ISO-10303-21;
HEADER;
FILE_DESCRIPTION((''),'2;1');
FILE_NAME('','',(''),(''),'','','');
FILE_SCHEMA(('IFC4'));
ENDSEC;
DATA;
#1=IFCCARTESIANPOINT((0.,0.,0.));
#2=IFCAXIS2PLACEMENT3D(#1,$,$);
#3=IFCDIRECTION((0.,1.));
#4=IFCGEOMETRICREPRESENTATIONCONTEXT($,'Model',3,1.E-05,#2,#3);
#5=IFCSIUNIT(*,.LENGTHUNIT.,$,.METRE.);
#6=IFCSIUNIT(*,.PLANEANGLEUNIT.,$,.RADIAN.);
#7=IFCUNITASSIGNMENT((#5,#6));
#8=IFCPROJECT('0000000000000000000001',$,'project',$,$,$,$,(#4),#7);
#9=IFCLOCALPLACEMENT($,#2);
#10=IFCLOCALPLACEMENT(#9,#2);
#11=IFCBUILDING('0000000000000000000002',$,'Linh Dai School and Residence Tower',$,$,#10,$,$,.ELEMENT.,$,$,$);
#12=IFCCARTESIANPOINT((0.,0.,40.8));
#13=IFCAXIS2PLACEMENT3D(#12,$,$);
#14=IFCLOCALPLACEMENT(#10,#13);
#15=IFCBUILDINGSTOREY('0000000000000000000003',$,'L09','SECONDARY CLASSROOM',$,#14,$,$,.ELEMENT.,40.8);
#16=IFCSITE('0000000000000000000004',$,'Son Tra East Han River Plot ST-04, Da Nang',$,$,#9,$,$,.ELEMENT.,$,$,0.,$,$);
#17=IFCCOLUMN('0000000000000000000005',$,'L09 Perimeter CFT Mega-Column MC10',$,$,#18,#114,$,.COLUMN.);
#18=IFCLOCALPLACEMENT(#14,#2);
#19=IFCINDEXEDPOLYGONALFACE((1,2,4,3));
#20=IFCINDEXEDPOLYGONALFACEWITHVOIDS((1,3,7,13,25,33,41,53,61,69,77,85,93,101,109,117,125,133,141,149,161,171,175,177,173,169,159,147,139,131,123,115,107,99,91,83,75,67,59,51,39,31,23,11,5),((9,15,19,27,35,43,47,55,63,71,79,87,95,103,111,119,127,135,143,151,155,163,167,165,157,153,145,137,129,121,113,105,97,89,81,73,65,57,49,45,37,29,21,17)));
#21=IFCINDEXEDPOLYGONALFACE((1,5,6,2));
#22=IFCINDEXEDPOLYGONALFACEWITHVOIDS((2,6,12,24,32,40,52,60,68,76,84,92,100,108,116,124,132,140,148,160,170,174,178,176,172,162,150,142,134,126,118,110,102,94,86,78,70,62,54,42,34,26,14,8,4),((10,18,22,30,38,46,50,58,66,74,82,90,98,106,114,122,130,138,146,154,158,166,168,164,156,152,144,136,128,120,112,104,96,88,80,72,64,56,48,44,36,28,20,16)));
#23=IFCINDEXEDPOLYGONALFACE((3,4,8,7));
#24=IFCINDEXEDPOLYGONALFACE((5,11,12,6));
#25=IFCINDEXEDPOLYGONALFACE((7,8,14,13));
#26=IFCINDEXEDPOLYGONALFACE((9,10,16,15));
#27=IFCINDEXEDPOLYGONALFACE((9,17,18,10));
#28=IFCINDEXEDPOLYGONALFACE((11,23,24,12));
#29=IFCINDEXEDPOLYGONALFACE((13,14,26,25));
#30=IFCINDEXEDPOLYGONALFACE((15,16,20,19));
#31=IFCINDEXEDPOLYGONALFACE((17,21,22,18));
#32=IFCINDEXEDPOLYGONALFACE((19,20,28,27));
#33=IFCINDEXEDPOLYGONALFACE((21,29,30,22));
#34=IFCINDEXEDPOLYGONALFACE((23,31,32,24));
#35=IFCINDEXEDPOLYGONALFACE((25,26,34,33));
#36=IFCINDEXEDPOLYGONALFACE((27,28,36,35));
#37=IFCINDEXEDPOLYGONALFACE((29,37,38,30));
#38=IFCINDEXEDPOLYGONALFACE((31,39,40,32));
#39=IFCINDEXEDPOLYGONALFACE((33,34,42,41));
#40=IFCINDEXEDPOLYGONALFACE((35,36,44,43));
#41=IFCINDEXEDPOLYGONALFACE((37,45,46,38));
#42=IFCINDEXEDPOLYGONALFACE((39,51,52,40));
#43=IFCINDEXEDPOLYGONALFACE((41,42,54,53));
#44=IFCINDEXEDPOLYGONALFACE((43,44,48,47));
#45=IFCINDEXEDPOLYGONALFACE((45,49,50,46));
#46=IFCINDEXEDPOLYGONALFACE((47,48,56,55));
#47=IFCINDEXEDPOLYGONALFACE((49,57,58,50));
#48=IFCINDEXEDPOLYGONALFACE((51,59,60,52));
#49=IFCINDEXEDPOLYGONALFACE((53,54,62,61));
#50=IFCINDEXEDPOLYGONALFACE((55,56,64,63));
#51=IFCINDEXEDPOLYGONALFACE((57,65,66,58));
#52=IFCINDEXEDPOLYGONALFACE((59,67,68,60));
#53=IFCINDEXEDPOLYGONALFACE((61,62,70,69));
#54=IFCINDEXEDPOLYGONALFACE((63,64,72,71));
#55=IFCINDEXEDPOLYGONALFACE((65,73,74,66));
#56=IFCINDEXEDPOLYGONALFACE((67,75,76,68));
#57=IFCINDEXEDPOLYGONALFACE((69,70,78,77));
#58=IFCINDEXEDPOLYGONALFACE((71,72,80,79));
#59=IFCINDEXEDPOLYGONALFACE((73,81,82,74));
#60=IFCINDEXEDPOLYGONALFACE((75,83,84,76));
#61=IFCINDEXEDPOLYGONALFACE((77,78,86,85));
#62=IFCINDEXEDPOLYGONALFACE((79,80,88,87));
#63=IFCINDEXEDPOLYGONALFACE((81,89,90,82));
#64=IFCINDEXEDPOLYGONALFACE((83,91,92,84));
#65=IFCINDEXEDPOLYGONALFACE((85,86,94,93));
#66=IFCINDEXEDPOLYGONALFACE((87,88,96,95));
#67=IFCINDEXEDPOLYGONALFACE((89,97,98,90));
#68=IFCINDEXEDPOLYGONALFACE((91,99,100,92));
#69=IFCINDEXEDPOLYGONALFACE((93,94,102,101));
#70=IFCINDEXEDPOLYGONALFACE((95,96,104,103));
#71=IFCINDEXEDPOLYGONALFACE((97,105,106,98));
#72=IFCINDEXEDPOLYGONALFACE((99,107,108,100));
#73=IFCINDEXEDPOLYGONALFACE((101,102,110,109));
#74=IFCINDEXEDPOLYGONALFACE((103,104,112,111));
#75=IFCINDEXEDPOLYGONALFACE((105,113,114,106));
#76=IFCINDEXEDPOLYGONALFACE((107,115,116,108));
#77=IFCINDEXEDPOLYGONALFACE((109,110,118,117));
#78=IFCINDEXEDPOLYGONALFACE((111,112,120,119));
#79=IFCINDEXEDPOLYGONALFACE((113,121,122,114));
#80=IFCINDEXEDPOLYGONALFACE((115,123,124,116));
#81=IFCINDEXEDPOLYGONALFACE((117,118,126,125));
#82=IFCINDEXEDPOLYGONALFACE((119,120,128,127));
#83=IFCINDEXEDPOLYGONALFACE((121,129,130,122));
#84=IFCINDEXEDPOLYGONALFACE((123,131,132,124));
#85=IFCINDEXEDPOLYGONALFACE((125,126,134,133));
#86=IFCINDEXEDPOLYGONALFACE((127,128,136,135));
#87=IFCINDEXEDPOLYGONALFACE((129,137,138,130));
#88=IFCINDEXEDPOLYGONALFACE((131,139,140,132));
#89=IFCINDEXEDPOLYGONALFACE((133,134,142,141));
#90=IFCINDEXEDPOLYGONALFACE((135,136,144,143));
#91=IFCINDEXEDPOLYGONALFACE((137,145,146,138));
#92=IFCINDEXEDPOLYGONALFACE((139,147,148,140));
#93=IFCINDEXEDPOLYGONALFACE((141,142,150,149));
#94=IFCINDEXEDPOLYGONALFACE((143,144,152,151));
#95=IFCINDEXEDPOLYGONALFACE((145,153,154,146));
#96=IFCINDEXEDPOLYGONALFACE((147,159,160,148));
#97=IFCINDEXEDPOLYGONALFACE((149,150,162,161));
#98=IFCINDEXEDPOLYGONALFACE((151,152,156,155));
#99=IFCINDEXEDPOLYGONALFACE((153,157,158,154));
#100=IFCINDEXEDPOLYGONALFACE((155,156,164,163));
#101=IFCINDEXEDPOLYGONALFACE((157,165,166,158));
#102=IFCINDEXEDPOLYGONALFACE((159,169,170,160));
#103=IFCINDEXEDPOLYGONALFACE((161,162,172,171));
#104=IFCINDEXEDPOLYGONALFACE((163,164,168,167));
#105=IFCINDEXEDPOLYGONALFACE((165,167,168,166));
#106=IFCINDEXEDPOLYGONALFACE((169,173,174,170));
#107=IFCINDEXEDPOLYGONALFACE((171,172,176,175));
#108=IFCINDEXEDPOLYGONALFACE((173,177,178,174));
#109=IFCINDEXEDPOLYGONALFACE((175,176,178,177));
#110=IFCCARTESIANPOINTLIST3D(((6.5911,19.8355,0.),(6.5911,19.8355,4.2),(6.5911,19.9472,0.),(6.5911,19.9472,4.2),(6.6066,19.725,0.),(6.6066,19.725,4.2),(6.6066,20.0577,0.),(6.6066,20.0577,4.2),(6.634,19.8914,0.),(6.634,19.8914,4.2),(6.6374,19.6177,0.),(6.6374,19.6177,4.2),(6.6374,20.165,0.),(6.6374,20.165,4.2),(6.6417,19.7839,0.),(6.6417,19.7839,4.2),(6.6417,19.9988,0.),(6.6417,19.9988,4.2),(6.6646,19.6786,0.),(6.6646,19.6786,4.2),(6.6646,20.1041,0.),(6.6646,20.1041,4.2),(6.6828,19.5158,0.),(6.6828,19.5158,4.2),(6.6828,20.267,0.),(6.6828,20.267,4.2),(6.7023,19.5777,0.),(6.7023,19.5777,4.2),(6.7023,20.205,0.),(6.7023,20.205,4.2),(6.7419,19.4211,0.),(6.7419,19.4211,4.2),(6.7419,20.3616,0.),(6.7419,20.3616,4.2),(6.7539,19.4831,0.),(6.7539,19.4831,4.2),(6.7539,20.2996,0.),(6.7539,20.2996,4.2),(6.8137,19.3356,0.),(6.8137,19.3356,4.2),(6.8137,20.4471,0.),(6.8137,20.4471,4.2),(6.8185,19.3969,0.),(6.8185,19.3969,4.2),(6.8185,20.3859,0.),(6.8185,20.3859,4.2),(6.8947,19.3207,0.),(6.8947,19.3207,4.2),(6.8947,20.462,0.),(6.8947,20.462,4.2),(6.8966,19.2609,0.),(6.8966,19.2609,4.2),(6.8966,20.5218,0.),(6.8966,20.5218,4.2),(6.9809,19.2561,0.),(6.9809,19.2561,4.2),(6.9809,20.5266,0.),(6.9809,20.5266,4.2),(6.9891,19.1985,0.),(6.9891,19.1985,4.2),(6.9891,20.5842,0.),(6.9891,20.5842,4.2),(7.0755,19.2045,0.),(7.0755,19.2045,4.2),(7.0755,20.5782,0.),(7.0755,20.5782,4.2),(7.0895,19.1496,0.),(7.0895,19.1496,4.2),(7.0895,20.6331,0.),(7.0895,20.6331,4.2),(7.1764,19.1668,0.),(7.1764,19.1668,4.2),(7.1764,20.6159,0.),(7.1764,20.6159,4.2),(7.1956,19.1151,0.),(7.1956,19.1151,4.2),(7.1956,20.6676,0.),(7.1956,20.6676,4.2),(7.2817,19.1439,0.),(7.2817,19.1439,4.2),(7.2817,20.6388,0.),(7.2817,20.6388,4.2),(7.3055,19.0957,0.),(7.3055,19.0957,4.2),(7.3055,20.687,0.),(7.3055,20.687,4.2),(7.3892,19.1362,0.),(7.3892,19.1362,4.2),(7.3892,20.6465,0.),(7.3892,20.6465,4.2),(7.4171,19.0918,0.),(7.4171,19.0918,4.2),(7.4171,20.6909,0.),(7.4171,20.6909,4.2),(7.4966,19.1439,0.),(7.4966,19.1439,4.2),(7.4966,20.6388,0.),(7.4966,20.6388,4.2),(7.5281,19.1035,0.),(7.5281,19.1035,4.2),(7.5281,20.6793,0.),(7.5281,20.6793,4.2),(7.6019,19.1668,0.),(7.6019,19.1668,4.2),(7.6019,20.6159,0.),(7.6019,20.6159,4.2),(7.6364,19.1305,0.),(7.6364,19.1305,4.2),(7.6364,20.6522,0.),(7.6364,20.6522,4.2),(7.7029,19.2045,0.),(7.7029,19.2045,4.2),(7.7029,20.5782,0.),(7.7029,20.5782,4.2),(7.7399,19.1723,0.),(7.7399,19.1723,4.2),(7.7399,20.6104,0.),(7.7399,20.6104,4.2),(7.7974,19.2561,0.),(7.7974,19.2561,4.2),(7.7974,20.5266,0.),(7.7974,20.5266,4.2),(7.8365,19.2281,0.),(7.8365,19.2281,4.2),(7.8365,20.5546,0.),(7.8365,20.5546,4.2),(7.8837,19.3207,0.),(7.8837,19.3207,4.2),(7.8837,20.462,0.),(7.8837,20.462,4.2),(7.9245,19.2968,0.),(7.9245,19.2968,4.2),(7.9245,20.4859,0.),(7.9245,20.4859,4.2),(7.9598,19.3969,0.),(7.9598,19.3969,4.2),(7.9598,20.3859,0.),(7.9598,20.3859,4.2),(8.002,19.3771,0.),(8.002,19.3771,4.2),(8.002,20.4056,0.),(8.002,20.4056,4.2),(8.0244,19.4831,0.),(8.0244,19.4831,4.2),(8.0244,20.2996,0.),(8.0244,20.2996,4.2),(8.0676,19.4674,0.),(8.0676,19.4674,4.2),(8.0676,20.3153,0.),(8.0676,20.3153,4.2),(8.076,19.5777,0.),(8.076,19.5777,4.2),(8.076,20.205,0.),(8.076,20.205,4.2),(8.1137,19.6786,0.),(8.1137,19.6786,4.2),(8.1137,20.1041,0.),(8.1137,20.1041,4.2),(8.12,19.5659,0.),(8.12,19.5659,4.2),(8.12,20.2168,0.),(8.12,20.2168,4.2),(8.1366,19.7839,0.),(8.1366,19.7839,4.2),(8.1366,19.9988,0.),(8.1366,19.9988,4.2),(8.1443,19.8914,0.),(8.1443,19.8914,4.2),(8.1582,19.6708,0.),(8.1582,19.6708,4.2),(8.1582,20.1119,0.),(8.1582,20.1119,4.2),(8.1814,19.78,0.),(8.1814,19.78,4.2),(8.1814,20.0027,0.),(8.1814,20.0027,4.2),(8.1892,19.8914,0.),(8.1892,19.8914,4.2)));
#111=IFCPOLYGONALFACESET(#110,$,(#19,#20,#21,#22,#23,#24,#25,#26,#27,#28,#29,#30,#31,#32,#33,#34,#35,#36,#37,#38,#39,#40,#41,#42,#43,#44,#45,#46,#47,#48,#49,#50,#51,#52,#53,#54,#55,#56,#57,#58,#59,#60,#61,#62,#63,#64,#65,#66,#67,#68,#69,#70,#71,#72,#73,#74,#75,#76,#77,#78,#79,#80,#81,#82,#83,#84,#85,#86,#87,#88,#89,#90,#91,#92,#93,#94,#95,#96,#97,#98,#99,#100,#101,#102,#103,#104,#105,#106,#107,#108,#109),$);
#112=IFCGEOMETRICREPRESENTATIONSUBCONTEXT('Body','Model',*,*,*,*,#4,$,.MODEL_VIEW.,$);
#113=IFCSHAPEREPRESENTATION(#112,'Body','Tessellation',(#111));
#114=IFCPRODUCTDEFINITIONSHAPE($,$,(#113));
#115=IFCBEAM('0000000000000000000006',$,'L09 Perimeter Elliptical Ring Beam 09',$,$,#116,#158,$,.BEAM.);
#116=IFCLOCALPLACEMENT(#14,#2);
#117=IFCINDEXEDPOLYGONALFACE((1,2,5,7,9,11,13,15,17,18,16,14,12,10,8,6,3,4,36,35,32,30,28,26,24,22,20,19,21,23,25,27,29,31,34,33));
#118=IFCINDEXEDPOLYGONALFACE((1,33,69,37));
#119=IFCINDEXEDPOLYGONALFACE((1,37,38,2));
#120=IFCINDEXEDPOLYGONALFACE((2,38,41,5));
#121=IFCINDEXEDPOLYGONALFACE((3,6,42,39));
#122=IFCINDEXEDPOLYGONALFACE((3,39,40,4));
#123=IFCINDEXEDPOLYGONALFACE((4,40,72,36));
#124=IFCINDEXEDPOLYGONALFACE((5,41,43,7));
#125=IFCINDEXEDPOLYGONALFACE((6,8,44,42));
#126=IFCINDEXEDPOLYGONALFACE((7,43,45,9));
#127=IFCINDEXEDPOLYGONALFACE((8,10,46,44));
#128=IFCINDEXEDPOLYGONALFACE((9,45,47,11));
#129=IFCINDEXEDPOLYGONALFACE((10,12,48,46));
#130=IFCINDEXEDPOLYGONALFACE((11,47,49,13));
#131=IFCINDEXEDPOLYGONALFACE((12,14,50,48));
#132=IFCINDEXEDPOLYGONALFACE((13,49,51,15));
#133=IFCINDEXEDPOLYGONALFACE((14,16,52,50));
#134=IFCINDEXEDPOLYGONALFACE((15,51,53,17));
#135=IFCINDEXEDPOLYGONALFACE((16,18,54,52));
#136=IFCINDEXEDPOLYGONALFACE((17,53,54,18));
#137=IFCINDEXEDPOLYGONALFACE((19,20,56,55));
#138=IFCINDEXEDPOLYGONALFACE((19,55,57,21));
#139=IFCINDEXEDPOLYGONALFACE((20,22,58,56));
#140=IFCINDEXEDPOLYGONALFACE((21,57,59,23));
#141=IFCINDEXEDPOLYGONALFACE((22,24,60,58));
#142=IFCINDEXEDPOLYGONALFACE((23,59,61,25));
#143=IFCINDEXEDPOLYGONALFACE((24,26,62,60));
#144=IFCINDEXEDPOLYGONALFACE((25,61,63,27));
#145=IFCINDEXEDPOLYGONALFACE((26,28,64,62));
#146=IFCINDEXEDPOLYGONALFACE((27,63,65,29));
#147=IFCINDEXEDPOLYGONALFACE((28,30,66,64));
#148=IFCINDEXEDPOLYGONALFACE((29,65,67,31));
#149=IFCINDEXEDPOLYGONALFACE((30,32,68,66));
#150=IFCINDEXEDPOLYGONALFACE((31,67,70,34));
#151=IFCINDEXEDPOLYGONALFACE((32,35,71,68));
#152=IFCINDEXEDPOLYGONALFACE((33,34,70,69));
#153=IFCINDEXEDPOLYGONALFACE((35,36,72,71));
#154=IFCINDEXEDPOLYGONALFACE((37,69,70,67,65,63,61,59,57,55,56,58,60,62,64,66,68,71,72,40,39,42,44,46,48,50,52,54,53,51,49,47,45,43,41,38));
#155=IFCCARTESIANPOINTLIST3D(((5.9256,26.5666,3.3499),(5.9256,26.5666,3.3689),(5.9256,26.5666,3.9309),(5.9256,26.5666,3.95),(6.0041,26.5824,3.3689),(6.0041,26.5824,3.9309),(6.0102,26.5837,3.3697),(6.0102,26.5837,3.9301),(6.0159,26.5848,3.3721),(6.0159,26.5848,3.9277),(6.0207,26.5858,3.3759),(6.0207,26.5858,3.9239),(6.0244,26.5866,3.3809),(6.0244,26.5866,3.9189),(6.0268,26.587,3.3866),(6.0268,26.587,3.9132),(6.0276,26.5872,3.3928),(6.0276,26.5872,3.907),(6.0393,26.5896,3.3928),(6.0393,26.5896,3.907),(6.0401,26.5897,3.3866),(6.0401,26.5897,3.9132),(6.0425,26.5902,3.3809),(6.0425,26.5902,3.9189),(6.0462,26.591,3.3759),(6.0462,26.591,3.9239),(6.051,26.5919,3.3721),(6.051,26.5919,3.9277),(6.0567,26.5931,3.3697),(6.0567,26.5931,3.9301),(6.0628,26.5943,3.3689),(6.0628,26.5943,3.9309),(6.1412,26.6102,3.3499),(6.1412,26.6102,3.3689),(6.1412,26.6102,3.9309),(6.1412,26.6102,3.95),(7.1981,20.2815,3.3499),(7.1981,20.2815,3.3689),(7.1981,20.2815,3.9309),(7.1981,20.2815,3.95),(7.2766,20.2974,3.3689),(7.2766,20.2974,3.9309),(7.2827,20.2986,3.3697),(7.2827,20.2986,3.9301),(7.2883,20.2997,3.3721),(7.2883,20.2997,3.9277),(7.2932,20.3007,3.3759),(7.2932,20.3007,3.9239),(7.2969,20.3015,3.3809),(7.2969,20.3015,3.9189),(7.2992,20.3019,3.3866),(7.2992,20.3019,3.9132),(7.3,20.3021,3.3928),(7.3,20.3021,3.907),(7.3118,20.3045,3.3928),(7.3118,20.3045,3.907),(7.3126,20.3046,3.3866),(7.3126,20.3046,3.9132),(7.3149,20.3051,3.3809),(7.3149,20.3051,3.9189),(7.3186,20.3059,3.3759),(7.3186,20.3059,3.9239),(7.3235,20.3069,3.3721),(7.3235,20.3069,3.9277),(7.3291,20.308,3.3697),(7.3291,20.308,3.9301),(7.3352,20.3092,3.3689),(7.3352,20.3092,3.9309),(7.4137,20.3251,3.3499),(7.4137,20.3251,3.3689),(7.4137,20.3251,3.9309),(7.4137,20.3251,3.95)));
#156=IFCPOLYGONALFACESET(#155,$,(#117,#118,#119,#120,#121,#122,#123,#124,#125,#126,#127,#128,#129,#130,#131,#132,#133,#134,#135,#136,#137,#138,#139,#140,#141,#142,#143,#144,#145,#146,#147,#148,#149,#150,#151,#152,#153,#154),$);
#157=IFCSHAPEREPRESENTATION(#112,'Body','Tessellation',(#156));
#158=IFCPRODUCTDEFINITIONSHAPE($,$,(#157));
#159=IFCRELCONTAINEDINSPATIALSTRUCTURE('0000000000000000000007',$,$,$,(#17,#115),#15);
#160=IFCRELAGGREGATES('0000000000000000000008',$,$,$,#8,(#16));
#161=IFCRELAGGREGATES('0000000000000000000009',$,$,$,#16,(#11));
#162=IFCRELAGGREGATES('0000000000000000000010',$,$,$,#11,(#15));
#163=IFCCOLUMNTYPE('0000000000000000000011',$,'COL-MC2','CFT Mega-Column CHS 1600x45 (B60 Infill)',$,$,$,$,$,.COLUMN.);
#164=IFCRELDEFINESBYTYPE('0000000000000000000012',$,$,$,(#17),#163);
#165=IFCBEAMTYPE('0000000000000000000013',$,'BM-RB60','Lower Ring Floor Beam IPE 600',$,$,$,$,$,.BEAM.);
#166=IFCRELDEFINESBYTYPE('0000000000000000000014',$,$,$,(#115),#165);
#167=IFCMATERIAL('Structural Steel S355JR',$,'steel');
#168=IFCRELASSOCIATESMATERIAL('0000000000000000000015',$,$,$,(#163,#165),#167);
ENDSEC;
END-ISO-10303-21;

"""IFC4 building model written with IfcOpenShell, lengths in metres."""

from ifc_helpers import new_model, si_unit, direction, frame, origin, origin_2d, place, context, subcontext, project, spatial, hollow_circle, i_section, extrude, material, material_profile, profile_set, type_object, element, save


model = new_model("IFC4")

# Units and contexts
model_context = context("Model", 3, precision=1e-05, world=origin(), true_north=direction((0.0, 1.0)))
body_context = subcontext(model_context, "Body", "Model", "MODEL_VIEW")
ifc_project = project(units=[si_unit("LENGTHUNIT", "METRE"), si_unit("PLANEANGLEUNIT", "RADIAN")], contexts=[model_context])

# Site, building, storey
site_placement = place(None, origin())
site = spatial("IfcSite", under=ifc_project, at=site_placement, Name="Son Tra East Han River Plot ST-04, Da Nang", CompositionType="ELEMENT", RefElevation=0.0)
building_placement = place(site_placement, origin())
building = spatial("IfcBuilding", under=site, at=building_placement, Name="Linh Dai School and Residence Tower", CompositionType="ELEMENT")
storey_placement = place(building_placement, frame((0.0, 0.0, 40.8)))
storey = spatial("IfcBuildingStorey", under=building, at=storey_placement, Name="L09", Description="SECONDARY CLASSROOM", CompositionType="ELEMENT", Elevation=40.8)

# Column
ifc_material_1 = material(Name="Structural Steel S355JR", Category="steel")
ifc_material_profile_1 = material_profile(ifc_material_1, hollow_circle(Radius=0.8, WallThickness=0.0449, at=origin_2d()), Name="CHS 1600x45")
ifc_profile_set_1 = profile_set([ifc_material_profile_1], Name="Structural Steel S355JR")
column_type_1 = type_object("IfcColumnType", Name="COL-MC2", Description="CFT Mega-Column CHS 1600x45 (B60 Infill)", PredefinedType="COLUMN", material=ifc_profile_set_1)
for number, where, z_axis, x_axis, name in (
    (1, (7.3892, 19.8914, 0.0), (0.0, 0.0, 1.0), (1.0, 0.0, 0.0), "L09 Perimeter CFT Mega-Column MC10"),
):
    element("IfcColumn", number, at=place(storey_placement, frame(where, z_axis=z_axis, x_axis=x_axis)), inside=storey, type_object=column_type_1, Name=name, PredefinedType="COLUMN", context=body_context, shape_type="SweptSolid", body=[
        extrude(hollow_circle(Radius=0.8, WallThickness=0.0449, at=origin_2d()), origin(), (0.0, 0.0, 1.0), 4.2),
    ])

# Beam
ifc_material_profile_2 = material_profile(ifc_material_1, i_section(OverallWidth=0.22, OverallDepth=0.6001, WebThickness=0.012, FlangeThickness=0.019, FilletRadius=0.0239, at=origin_2d()), Name="IPE 600")
ifc_profile_set_2 = profile_set([ifc_material_profile_2], Name="Structural Steel S355JR")
beam_type_1 = type_object("IfcBeamType", Name="BM-RB60", Description="Lower Ring Floor Beam IPE 600", PredefinedType="BEAM", material=ifc_profile_set_2)
beam_1_placement = place(storey_placement, frame((6.0334, 26.5884, 3.6499), z_axis=(0.198429, -0.980115, 0.0), x_axis=(0.980115, 0.198429, 0.0)))
element("IfcBeam", 2, at=beam_1_placement, inside=storey, type_object=beam_type_1, Name="L09 Perimeter Elliptical Ring Beam 09", PredefinedType="BEAM", context=body_context, shape_type="SweptSolid", body=[
    extrude(i_section(OverallWidth=0.22, OverallDepth=0.6001, WebThickness=0.012, FlangeThickness=0.019, FilletRadius=0.0239, at=origin_2d()), origin(), (0.0, 0.0, 1.0), 6.4126),
])

save(model, "model.ifc")
